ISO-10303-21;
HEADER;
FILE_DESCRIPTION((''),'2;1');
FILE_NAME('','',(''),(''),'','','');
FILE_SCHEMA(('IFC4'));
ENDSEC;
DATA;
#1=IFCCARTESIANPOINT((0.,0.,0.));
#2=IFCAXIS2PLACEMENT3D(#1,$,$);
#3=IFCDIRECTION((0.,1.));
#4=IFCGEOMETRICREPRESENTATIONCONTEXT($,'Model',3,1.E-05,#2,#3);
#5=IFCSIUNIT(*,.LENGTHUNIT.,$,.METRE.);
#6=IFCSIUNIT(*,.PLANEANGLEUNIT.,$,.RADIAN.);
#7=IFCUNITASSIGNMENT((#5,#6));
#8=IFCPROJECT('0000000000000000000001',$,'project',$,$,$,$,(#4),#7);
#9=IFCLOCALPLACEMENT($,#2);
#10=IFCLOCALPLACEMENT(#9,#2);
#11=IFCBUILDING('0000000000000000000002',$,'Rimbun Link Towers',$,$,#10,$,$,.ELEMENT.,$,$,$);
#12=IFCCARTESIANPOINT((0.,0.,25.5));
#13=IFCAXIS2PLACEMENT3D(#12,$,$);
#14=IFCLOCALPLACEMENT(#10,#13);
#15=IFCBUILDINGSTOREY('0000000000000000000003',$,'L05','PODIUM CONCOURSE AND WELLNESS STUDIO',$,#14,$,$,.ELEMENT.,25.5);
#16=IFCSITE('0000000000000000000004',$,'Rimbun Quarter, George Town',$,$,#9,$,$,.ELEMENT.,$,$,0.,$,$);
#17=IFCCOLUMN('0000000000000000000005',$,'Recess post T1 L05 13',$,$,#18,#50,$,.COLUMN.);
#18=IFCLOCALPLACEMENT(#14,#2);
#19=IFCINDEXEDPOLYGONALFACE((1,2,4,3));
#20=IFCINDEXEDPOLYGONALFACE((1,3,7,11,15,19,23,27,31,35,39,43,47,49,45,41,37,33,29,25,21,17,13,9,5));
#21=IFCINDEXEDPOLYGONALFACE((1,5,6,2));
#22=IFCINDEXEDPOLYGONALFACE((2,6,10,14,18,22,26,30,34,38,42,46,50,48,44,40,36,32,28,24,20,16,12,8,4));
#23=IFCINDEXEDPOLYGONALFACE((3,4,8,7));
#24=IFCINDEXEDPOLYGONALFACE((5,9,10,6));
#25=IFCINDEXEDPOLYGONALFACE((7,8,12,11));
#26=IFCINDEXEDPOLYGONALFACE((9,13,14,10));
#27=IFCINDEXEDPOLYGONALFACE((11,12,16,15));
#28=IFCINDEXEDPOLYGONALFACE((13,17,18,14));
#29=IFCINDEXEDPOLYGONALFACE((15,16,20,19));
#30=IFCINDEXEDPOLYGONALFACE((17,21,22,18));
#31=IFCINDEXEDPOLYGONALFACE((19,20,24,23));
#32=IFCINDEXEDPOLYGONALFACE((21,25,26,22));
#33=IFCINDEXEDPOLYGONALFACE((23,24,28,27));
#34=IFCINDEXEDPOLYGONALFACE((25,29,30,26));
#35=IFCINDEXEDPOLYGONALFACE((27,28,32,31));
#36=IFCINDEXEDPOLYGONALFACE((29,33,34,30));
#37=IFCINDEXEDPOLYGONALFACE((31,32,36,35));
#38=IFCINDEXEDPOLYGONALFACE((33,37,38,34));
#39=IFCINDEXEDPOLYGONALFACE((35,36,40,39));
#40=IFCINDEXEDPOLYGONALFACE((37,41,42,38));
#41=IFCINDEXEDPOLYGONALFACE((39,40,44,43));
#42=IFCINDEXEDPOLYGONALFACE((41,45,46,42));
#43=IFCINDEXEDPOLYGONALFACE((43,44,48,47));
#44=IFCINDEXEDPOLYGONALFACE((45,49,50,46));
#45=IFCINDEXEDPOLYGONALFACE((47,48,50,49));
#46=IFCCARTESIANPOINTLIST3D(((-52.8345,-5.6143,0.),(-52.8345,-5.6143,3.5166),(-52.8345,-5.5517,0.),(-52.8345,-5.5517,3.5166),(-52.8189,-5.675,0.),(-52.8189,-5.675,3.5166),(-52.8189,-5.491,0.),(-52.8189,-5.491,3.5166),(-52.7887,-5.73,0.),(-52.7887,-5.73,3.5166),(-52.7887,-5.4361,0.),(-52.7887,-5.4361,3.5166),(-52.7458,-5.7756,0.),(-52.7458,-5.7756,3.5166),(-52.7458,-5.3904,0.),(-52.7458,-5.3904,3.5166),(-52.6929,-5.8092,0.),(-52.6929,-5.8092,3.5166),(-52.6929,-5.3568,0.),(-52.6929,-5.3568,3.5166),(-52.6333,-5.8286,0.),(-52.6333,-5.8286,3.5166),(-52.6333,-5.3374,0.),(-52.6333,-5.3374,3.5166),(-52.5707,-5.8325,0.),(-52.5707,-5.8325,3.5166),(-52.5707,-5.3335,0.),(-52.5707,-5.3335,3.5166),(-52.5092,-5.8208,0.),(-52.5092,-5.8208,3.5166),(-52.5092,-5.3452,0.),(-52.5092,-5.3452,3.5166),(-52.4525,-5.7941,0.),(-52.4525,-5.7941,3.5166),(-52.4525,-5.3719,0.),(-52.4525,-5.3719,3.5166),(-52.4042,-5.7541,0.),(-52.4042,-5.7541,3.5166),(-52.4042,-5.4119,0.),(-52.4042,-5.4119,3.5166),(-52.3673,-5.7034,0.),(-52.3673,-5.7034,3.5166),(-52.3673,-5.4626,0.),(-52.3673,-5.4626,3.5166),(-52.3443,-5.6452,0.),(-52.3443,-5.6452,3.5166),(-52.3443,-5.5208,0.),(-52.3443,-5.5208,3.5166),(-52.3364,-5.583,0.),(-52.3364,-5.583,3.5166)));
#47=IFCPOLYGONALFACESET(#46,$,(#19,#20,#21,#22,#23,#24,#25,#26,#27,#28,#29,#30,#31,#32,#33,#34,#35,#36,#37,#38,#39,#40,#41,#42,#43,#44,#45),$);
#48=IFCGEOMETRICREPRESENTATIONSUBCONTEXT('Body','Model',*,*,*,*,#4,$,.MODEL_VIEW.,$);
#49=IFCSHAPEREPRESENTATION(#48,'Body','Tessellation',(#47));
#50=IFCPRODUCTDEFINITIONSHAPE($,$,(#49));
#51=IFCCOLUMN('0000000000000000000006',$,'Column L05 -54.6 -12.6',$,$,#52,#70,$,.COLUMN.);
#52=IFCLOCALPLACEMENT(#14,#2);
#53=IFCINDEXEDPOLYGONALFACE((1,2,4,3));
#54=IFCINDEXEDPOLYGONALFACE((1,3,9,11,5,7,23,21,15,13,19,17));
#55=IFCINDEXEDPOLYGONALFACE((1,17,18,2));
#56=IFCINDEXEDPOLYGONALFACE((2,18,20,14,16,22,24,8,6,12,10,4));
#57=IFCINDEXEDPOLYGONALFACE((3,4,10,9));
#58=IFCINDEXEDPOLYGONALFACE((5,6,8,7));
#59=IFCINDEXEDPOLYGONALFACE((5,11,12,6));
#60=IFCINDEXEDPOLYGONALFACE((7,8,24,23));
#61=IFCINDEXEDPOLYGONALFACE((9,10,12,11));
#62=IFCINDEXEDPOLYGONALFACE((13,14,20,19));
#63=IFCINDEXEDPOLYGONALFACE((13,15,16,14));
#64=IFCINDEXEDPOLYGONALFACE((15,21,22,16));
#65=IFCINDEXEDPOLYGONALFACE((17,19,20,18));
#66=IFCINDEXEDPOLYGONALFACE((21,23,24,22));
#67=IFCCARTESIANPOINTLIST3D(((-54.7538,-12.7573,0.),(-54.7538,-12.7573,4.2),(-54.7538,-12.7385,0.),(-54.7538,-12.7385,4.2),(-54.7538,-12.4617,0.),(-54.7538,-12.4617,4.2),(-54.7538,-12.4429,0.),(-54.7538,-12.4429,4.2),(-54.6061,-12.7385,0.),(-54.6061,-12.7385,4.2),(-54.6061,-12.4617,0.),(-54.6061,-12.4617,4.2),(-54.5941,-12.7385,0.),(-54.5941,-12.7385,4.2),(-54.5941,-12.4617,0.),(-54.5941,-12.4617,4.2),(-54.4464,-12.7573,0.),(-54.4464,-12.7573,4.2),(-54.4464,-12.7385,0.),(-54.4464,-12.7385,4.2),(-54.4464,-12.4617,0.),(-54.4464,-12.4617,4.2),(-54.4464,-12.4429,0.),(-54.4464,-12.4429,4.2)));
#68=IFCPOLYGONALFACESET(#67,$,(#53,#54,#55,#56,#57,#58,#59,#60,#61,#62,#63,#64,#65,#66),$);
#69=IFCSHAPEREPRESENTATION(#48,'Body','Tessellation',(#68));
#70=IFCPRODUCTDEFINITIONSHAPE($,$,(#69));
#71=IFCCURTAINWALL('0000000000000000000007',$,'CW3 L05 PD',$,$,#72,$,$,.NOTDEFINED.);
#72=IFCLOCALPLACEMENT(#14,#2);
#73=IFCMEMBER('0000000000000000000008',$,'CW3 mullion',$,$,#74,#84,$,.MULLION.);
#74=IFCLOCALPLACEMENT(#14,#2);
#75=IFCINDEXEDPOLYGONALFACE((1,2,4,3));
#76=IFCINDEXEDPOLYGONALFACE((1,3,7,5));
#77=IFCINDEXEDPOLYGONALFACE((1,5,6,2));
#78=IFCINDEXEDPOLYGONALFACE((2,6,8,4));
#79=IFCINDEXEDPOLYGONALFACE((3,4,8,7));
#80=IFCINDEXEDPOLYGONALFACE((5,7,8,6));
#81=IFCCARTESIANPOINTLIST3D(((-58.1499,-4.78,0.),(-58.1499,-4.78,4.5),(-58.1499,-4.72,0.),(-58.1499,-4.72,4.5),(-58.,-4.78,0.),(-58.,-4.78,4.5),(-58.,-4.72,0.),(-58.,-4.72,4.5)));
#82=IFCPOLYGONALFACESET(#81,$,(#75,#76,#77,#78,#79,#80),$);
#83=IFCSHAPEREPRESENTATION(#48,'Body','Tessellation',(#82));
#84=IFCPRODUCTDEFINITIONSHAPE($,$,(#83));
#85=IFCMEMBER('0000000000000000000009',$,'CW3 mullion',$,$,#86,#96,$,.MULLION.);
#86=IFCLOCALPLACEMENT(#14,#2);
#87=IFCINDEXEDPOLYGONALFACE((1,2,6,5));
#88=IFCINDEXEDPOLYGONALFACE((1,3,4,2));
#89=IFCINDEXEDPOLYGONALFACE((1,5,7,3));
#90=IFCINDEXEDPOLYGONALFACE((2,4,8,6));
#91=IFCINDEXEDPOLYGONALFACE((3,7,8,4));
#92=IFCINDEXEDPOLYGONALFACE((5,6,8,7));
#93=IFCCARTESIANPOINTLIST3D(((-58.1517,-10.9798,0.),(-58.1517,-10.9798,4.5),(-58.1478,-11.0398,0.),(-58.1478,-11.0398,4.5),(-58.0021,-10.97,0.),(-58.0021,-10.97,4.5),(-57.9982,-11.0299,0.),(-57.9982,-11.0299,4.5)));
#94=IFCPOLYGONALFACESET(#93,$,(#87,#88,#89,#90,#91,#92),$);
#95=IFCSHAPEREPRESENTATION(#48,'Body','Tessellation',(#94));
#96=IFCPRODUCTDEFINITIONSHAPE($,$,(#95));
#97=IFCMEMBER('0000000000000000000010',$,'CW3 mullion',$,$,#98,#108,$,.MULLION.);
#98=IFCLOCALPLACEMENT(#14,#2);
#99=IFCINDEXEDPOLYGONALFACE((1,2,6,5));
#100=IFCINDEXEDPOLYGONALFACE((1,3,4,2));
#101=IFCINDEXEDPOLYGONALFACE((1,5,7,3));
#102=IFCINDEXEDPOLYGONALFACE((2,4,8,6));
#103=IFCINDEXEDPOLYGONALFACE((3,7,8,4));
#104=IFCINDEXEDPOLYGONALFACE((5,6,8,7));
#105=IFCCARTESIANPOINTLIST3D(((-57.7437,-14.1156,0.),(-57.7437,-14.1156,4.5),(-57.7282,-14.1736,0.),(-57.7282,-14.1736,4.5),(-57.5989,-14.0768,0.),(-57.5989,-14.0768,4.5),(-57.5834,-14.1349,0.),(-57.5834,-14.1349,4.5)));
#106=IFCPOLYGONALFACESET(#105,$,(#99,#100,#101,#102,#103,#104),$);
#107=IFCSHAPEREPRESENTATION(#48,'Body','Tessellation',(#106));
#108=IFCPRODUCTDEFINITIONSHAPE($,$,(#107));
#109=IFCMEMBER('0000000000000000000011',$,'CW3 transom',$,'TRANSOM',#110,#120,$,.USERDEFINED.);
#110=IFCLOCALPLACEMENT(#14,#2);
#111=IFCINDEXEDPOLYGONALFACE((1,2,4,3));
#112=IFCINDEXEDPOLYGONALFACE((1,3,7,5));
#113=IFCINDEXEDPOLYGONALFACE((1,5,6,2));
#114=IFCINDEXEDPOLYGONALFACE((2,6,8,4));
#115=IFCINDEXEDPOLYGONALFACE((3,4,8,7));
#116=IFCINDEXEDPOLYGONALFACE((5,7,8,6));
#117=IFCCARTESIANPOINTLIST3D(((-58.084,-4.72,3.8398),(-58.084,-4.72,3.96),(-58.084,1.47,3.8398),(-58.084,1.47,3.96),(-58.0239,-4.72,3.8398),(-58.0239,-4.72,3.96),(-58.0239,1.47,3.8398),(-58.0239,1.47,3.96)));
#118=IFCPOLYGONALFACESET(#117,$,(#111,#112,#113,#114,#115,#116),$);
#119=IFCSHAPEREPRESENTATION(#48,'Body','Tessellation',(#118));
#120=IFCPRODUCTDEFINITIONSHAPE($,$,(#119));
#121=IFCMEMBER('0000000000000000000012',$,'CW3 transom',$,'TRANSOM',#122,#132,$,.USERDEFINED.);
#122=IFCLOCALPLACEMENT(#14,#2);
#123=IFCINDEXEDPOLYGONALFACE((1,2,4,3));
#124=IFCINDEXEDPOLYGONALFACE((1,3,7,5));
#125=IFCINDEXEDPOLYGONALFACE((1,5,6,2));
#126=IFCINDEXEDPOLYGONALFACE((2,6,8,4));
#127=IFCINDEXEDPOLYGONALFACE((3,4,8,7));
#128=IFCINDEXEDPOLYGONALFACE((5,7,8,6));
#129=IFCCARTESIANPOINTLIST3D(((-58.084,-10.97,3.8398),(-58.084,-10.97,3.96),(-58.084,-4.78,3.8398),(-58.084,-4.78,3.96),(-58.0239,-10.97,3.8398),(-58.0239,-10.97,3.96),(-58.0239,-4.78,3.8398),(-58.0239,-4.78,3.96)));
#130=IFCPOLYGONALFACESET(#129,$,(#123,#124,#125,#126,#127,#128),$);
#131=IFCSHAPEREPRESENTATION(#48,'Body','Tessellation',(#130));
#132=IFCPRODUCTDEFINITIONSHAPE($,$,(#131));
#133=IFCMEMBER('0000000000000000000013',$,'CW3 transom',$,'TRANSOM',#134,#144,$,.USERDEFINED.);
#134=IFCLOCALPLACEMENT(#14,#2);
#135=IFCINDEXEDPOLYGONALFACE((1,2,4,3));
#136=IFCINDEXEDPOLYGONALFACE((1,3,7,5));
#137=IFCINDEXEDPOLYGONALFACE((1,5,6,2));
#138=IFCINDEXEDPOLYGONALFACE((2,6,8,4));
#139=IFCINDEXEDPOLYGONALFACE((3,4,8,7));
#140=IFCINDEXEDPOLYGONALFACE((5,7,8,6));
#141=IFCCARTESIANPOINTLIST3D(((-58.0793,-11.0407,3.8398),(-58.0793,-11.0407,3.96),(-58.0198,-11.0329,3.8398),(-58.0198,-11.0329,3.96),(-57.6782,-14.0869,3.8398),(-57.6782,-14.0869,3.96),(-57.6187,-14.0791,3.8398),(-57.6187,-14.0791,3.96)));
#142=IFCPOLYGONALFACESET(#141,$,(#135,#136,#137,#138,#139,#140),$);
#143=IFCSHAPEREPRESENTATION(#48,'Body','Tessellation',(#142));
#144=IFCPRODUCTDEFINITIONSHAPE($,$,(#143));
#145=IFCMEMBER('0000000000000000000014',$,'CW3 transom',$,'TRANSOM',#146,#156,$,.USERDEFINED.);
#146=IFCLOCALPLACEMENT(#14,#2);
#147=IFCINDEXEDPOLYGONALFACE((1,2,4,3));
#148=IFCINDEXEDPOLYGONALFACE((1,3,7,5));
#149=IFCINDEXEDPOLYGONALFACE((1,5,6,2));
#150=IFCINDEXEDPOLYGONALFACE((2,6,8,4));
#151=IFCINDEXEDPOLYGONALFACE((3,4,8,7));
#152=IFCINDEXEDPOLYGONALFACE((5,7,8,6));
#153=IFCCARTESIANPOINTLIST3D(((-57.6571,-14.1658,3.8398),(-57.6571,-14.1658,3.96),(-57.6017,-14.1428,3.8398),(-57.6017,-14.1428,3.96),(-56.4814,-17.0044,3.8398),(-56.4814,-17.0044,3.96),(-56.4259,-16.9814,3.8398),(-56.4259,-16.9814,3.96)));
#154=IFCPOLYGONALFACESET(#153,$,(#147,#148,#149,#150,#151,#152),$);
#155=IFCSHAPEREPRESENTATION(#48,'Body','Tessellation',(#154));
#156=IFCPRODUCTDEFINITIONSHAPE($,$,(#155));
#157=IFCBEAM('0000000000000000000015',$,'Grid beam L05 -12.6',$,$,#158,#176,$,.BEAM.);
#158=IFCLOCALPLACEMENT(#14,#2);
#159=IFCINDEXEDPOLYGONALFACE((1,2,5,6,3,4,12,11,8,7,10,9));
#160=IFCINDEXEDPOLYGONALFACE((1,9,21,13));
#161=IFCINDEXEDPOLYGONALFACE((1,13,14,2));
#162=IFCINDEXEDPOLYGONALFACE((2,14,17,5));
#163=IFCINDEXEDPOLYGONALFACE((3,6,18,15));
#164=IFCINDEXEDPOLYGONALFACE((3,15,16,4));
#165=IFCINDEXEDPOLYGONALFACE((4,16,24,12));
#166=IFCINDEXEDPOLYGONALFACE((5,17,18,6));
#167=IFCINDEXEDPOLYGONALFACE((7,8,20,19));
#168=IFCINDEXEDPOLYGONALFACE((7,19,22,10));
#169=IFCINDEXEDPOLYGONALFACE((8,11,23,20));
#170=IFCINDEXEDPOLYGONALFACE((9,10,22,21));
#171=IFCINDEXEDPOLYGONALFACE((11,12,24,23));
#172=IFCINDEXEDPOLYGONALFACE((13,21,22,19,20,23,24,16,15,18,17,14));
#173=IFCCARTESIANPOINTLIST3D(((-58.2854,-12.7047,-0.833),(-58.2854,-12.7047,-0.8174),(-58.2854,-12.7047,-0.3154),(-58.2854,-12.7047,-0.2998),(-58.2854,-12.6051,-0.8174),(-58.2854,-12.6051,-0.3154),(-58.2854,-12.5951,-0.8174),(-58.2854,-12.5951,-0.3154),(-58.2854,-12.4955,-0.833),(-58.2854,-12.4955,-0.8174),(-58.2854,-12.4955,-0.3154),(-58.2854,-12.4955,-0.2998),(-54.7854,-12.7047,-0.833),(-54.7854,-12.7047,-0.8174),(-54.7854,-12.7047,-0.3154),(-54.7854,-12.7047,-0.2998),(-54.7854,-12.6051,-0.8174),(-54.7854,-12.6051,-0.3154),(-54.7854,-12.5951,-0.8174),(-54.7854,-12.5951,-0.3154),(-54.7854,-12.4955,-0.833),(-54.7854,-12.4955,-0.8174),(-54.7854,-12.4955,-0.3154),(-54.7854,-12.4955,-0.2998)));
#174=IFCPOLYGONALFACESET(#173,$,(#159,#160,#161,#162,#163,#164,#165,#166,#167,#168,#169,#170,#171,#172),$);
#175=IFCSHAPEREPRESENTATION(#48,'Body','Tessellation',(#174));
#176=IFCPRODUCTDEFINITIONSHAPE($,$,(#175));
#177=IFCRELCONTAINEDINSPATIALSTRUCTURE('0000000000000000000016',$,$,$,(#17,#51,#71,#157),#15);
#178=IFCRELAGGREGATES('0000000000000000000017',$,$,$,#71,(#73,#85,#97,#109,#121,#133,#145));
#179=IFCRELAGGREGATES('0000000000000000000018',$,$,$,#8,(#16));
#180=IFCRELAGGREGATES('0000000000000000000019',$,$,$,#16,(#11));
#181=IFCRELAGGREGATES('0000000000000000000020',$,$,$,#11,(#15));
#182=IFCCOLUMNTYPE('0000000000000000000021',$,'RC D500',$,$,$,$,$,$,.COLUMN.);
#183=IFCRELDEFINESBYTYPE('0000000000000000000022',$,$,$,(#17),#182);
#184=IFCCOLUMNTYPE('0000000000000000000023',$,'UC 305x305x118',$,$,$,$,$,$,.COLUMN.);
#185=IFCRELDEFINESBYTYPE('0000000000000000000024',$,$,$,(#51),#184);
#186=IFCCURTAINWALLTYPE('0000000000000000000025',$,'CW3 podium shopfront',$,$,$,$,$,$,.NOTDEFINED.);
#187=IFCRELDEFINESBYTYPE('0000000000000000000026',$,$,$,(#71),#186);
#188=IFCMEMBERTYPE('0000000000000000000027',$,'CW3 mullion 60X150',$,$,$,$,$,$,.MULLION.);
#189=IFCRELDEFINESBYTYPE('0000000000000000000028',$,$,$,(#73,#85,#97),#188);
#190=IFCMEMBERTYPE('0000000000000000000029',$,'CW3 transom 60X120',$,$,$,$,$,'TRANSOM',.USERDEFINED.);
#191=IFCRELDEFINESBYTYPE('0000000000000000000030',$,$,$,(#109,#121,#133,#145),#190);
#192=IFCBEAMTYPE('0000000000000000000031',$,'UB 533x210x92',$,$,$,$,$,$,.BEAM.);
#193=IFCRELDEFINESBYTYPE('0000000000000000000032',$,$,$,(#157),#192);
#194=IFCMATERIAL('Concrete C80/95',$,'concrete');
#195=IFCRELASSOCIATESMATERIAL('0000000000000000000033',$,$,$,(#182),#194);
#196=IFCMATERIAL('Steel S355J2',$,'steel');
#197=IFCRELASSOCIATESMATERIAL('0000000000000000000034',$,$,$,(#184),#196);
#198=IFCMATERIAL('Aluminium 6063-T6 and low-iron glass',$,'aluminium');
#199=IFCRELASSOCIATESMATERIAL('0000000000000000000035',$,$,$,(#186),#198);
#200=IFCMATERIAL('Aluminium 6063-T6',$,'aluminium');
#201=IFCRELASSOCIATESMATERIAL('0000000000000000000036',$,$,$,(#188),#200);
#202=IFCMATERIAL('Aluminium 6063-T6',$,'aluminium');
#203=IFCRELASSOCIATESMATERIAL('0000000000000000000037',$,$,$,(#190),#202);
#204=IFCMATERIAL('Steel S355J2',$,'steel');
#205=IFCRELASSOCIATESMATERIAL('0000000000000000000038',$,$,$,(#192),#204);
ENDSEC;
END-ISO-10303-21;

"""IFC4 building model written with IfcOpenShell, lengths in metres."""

from ifc_helpers import new_model, si_unit, direction, frame, origin, origin_2d, place, context, subcontext, project, spatial, rectangle, circle, i_section, extrude, material, material_profile, profile_set, type_object, element, aggregate, save


model = new_model("IFC4")

# Units and contexts
model_context = context("Model", 3, precision=1e-05, world=origin(), true_north=direction((0.0, 1.0)))
body_context = subcontext(model_context, "Body", "Model", "MODEL_VIEW")
ifc_project = project(units=[si_unit("LENGTHUNIT", "METRE"), si_unit("PLANEANGLEUNIT", "RADIAN")], contexts=[model_context])

# Site, building, storey
site_placement = place(None, origin())
site = spatial("IfcSite", under=ifc_project, at=site_placement, Name="Rimbun Quarter, George Town", CompositionType="ELEMENT", RefElevation=0.0)
building_placement = place(site_placement, origin())
building = spatial("IfcBuilding", under=site, at=building_placement, Name="Rimbun Link Towers", CompositionType="ELEMENT")
storey_placement = place(building_placement, frame((0.0, 0.0, 25.5)))
storey = spatial("IfcBuildingStorey", under=building, at=storey_placement, Name="L05", Description="PODIUM CONCOURSE AND WELLNESS STUDIO", CompositionType="ELEMENT", Elevation=25.5)

# Columns
ifc_material_1 = material(Name="Concrete C80/95", Category="concrete")
ifc_material_profile_1 = material_profile(ifc_material_1, circle(Radius=0.25, at=origin_2d()), Name="RC D500")
ifc_profile_set_1 = profile_set([ifc_material_profile_1], Name="Concrete C80/95")
column_type_1 = type_object("IfcColumnType", Name="RC D500", PredefinedType="COLUMN", material=ifc_profile_set_1)
column_1_placement = place(storey_placement, frame((-52.5864, -5.583, 0.0), z_axis=(0.0, 0.0, 1.0), x_axis=(1.0, 0.0, 0.0)))
element("IfcColumn", 1, at=column_1_placement, inside=storey, type_object=column_type_1, Name="Recess post T1 L05 13", PredefinedType="COLUMN", context=body_context, shape_type="SweptSolid", body=[
    extrude(circle(Radius=0.25, at=origin_2d()), origin(), (0.0, 0.0, 1.0), 3.5166),
])
ifc_material_2 = material(Name="Steel S355J2", Category="steel")
ifc_material_profile_2 = material_profile(ifc_material_2, i_section(OverallWidth=0.3074, OverallDepth=0.3145, WebThickness=0.012, FlangeThickness=0.0188, at=origin_2d()), Name="UC 305x305x118")
ifc_profile_set_2 = profile_set([ifc_material_profile_2], Name="Steel S355J2")
column_type_2 = type_object("IfcColumnType", Name="UC 305x305x118", PredefinedType="COLUMN", material=ifc_profile_set_2)
column_2_placement = place(storey_placement, frame((-54.6001, -12.6001, 0.0), z_axis=(0.0, 0.0, 1.0), x_axis=(1.0, 0.0, 0.0)))
element("IfcColumn", 2, at=column_2_placement, inside=storey, type_object=column_type_2, Name="Column L05 -54.6 -12.6", PredefinedType="COLUMN", context=body_context, shape_type="SweptSolid", body=[
    extrude(i_section(OverallWidth=0.3074, OverallDepth=0.3145, WebThickness=0.012, FlangeThickness=0.0188, at=origin_2d()), origin(), (0.0, 0.0, 1.0), 4.2),
])

# Curtain wall, members
ifc_material_3 = material(Name="Aluminium 6063-T6 and low-iron glass", Category="aluminium")
curtain_wall_type = type_object("IfcCurtainWallType", Name="CW3 podium shopfront", PredefinedType="NOTDEFINED", material=ifc_material_3)
curtain_wall_placement = place(storey_placement, origin())
curtain_wall = element("IfcCurtainWall", 3, at=curtain_wall_placement, inside=storey, type_object=curtain_wall_type, Name="CW3 L05 PD", PredefinedType="NOTDEFINED")
ifc_material_4 = material(Name="Aluminium 6063-T6", Category="aluminium")
ifc_material_profile_3 = material_profile(ifc_material_4, rectangle(XDim=0.1499, YDim=0.0601, at=origin_2d()), Name="MULLION 60X150")
ifc_profile_set_3 = profile_set([ifc_material_profile_3], Name="Aluminium 6063-T6")
member_type_1 = type_object("IfcMemberType", Name="CW3 mullion 60X150", PredefinedType="MULLION", material=ifc_profile_set_3)
member_1_placement = place(storey_placement, frame((-58.075, -4.75, 0.0), z_axis=(0.0, 0.0, 1.0), x_axis=(-1.0, 0.0, 0.0)))
member_1 = element("IfcMember", 4, at=member_1_placement, type_object=member_type_1, Name="CW3 mullion", PredefinedType="MULLION", context=body_context, shape_type="SweptSolid", body=[
    extrude(rectangle(XDim=0.1499, YDim=0.0601, at=origin_2d()), origin(), (0.0, 0.0, 1.0), 4.5),
])
member_2_placement = place(storey_placement, frame((-58.075, -11.0049, 0.0), z_axis=(0.0, 0.0, 1.0), x_axis=(-0.997859, -0.065405, 0.0)))
member_2 = element("IfcMember", 5, at=member_2_placement, type_object=member_type_1, Name="CW3 mullion", PredefinedType="MULLION", context=body_context, shape_type="SweptSolid", body=[
    extrude(rectangle(XDim=0.1499, YDim=0.0601, at=origin_2d()), origin(), (0.0, 0.0, 1.0), 4.5),
])
member_3_placement = place(storey_placement, frame((-57.6636, -14.1252, 0.0), z_axis=(0.0, 0.0, 1.0), x_axis=(-0.965926, -0.258819, 0.0)))
member_3 = element("IfcMember", 6, at=member_3_placement, type_object=member_type_1, Name="CW3 mullion", PredefinedType="MULLION", context=body_context, shape_type="SweptSolid", body=[
    extrude(rectangle(XDim=0.1499, YDim=0.0601, at=origin_2d()), origin(), (0.0, 0.0, 1.0), 4.5),
])
ifc_material_5 = material(Name="Aluminium 6063-T6", Category="aluminium")
ifc_material_profile_4 = material_profile(ifc_material_5, rectangle(XDim=0.0601, YDim=0.1201, at=origin_2d()), Name="TRANSOM 60X120")
ifc_profile_set_4 = profile_set([ifc_material_profile_4], Name="Aluminium 6063-T6")
member_type_2 = type_object("IfcMemberType", Name="CW3 transom 60X120", ElementType="TRANSOM", PredefinedType="USERDEFINED", material=ifc_profile_set_4)
member_4_placement = place(storey_placement, frame((-58.054, -4.72, 3.8999), z_axis=(0.0, 1.0, 0.0), x_axis=(-1.0, 0.0, 0.0)))
member_4 = element("IfcMember", 7, at=member_4_placement, type_object=member_type_2, Name="CW3 transom", ObjectType="TRANSOM", PredefinedType="USERDEFINED", context=body_context, shape_type="SweptSolid", body=[
    extrude(rectangle(XDim=0.0601, YDim=0.1201, at=origin_2d()), origin(), (0.0, 0.0, 1.0), 6.1899),
])
member_5_placement = place(storey_placement, frame((-58.054, -10.97, 3.8999), z_axis=(0.0, 1.0, 0.0), x_axis=(-1.0, 0.0, 0.0)))
member_5 = element("IfcMember", 8, at=member_5_placement, type_object=member_type_2, Name="CW3 transom", ObjectType="TRANSOM", PredefinedType="USERDEFINED", context=body_context, shape_type="SweptSolid", body=[
    extrude(rectangle(XDim=0.0601, YDim=0.1201, at=origin_2d()), origin(), (0.0, 0.0, 1.0), 6.1899),
])
member_6_placement = place(storey_placement, frame((-57.6484, -14.083, 3.8999), z_axis=(-0.130555, 0.991441, 0.0), x_axis=(-0.991441, -0.130555, 0.0)))
member_6 = element("IfcMember", 9, at=member_6_placement, type_object=member_type_2, Name="CW3 transom", ObjectType="TRANSOM", PredefinedType="USERDEFINED", context=body_context, shape_type="SweptSolid", body=[
    extrude(rectangle(XDim=0.0601, YDim=0.1201, at=origin_2d()), origin(), (0.0, 0.0, 1.0), 3.0725),
])
member_7_placement = place(storey_placement, frame((-56.4536, -16.9929, 3.8999), z_axis=(-0.382679, 0.923881, 0.0), x_axis=(-0.923881, -0.382679, 0.0)))
member_7 = element("IfcMember", 10, at=member_7_placement, type_object=member_type_2, Name="CW3 transom", ObjectType="TRANSOM", PredefinedType="USERDEFINED", context=body_context, shape_type="SweptSolid", body=[
    extrude(rectangle(XDim=0.0601, YDim=0.1201, at=origin_2d()), origin(), (0.0, 0.0, 1.0), 3.0725),
])

# Beam
ifc_material_6 = material(Name="Steel S355J2", Category="steel")
ifc_material_profile_5 = material_profile(ifc_material_6, i_section(OverallWidth=0.2092, OverallDepth=0.5332, WebThickness=0.01, FlangeThickness=0.0156, at=origin_2d()), Name="UB 533x210x92")
ifc_profile_set_5 = profile_set([ifc_material_profile_5], Name="Steel S355J2")
beam_type_1 = type_object("IfcBeamType", Name="UB 533x210x92", PredefinedType="BEAM", material=ifc_profile_set_5)
beam_1_placement = place(storey_placement, frame((-58.2854, -12.6001, -0.5664), z_axis=(1.0, 0.0, 0.0), x_axis=(0.0, 1.0, 0.0)))
element("IfcBeam", 11, at=beam_1_placement, inside=storey, type_object=beam_type_1, Name="Grid beam L05 -12.6", PredefinedType="BEAM", context=body_context, shape_type="SweptSolid", body=[
    extrude(i_section(OverallWidth=0.2092, OverallDepth=0.5332, WebThickness=0.01, FlangeThickness=0.0156, at=origin_2d()), origin(), (0.0, 0.0, 1.0), 3.5),
])

aggregate(curtain_wall, [member_1, member_2, member_3, member_4, member_5, member_6, member_7])

save(model, "model.ifc")
